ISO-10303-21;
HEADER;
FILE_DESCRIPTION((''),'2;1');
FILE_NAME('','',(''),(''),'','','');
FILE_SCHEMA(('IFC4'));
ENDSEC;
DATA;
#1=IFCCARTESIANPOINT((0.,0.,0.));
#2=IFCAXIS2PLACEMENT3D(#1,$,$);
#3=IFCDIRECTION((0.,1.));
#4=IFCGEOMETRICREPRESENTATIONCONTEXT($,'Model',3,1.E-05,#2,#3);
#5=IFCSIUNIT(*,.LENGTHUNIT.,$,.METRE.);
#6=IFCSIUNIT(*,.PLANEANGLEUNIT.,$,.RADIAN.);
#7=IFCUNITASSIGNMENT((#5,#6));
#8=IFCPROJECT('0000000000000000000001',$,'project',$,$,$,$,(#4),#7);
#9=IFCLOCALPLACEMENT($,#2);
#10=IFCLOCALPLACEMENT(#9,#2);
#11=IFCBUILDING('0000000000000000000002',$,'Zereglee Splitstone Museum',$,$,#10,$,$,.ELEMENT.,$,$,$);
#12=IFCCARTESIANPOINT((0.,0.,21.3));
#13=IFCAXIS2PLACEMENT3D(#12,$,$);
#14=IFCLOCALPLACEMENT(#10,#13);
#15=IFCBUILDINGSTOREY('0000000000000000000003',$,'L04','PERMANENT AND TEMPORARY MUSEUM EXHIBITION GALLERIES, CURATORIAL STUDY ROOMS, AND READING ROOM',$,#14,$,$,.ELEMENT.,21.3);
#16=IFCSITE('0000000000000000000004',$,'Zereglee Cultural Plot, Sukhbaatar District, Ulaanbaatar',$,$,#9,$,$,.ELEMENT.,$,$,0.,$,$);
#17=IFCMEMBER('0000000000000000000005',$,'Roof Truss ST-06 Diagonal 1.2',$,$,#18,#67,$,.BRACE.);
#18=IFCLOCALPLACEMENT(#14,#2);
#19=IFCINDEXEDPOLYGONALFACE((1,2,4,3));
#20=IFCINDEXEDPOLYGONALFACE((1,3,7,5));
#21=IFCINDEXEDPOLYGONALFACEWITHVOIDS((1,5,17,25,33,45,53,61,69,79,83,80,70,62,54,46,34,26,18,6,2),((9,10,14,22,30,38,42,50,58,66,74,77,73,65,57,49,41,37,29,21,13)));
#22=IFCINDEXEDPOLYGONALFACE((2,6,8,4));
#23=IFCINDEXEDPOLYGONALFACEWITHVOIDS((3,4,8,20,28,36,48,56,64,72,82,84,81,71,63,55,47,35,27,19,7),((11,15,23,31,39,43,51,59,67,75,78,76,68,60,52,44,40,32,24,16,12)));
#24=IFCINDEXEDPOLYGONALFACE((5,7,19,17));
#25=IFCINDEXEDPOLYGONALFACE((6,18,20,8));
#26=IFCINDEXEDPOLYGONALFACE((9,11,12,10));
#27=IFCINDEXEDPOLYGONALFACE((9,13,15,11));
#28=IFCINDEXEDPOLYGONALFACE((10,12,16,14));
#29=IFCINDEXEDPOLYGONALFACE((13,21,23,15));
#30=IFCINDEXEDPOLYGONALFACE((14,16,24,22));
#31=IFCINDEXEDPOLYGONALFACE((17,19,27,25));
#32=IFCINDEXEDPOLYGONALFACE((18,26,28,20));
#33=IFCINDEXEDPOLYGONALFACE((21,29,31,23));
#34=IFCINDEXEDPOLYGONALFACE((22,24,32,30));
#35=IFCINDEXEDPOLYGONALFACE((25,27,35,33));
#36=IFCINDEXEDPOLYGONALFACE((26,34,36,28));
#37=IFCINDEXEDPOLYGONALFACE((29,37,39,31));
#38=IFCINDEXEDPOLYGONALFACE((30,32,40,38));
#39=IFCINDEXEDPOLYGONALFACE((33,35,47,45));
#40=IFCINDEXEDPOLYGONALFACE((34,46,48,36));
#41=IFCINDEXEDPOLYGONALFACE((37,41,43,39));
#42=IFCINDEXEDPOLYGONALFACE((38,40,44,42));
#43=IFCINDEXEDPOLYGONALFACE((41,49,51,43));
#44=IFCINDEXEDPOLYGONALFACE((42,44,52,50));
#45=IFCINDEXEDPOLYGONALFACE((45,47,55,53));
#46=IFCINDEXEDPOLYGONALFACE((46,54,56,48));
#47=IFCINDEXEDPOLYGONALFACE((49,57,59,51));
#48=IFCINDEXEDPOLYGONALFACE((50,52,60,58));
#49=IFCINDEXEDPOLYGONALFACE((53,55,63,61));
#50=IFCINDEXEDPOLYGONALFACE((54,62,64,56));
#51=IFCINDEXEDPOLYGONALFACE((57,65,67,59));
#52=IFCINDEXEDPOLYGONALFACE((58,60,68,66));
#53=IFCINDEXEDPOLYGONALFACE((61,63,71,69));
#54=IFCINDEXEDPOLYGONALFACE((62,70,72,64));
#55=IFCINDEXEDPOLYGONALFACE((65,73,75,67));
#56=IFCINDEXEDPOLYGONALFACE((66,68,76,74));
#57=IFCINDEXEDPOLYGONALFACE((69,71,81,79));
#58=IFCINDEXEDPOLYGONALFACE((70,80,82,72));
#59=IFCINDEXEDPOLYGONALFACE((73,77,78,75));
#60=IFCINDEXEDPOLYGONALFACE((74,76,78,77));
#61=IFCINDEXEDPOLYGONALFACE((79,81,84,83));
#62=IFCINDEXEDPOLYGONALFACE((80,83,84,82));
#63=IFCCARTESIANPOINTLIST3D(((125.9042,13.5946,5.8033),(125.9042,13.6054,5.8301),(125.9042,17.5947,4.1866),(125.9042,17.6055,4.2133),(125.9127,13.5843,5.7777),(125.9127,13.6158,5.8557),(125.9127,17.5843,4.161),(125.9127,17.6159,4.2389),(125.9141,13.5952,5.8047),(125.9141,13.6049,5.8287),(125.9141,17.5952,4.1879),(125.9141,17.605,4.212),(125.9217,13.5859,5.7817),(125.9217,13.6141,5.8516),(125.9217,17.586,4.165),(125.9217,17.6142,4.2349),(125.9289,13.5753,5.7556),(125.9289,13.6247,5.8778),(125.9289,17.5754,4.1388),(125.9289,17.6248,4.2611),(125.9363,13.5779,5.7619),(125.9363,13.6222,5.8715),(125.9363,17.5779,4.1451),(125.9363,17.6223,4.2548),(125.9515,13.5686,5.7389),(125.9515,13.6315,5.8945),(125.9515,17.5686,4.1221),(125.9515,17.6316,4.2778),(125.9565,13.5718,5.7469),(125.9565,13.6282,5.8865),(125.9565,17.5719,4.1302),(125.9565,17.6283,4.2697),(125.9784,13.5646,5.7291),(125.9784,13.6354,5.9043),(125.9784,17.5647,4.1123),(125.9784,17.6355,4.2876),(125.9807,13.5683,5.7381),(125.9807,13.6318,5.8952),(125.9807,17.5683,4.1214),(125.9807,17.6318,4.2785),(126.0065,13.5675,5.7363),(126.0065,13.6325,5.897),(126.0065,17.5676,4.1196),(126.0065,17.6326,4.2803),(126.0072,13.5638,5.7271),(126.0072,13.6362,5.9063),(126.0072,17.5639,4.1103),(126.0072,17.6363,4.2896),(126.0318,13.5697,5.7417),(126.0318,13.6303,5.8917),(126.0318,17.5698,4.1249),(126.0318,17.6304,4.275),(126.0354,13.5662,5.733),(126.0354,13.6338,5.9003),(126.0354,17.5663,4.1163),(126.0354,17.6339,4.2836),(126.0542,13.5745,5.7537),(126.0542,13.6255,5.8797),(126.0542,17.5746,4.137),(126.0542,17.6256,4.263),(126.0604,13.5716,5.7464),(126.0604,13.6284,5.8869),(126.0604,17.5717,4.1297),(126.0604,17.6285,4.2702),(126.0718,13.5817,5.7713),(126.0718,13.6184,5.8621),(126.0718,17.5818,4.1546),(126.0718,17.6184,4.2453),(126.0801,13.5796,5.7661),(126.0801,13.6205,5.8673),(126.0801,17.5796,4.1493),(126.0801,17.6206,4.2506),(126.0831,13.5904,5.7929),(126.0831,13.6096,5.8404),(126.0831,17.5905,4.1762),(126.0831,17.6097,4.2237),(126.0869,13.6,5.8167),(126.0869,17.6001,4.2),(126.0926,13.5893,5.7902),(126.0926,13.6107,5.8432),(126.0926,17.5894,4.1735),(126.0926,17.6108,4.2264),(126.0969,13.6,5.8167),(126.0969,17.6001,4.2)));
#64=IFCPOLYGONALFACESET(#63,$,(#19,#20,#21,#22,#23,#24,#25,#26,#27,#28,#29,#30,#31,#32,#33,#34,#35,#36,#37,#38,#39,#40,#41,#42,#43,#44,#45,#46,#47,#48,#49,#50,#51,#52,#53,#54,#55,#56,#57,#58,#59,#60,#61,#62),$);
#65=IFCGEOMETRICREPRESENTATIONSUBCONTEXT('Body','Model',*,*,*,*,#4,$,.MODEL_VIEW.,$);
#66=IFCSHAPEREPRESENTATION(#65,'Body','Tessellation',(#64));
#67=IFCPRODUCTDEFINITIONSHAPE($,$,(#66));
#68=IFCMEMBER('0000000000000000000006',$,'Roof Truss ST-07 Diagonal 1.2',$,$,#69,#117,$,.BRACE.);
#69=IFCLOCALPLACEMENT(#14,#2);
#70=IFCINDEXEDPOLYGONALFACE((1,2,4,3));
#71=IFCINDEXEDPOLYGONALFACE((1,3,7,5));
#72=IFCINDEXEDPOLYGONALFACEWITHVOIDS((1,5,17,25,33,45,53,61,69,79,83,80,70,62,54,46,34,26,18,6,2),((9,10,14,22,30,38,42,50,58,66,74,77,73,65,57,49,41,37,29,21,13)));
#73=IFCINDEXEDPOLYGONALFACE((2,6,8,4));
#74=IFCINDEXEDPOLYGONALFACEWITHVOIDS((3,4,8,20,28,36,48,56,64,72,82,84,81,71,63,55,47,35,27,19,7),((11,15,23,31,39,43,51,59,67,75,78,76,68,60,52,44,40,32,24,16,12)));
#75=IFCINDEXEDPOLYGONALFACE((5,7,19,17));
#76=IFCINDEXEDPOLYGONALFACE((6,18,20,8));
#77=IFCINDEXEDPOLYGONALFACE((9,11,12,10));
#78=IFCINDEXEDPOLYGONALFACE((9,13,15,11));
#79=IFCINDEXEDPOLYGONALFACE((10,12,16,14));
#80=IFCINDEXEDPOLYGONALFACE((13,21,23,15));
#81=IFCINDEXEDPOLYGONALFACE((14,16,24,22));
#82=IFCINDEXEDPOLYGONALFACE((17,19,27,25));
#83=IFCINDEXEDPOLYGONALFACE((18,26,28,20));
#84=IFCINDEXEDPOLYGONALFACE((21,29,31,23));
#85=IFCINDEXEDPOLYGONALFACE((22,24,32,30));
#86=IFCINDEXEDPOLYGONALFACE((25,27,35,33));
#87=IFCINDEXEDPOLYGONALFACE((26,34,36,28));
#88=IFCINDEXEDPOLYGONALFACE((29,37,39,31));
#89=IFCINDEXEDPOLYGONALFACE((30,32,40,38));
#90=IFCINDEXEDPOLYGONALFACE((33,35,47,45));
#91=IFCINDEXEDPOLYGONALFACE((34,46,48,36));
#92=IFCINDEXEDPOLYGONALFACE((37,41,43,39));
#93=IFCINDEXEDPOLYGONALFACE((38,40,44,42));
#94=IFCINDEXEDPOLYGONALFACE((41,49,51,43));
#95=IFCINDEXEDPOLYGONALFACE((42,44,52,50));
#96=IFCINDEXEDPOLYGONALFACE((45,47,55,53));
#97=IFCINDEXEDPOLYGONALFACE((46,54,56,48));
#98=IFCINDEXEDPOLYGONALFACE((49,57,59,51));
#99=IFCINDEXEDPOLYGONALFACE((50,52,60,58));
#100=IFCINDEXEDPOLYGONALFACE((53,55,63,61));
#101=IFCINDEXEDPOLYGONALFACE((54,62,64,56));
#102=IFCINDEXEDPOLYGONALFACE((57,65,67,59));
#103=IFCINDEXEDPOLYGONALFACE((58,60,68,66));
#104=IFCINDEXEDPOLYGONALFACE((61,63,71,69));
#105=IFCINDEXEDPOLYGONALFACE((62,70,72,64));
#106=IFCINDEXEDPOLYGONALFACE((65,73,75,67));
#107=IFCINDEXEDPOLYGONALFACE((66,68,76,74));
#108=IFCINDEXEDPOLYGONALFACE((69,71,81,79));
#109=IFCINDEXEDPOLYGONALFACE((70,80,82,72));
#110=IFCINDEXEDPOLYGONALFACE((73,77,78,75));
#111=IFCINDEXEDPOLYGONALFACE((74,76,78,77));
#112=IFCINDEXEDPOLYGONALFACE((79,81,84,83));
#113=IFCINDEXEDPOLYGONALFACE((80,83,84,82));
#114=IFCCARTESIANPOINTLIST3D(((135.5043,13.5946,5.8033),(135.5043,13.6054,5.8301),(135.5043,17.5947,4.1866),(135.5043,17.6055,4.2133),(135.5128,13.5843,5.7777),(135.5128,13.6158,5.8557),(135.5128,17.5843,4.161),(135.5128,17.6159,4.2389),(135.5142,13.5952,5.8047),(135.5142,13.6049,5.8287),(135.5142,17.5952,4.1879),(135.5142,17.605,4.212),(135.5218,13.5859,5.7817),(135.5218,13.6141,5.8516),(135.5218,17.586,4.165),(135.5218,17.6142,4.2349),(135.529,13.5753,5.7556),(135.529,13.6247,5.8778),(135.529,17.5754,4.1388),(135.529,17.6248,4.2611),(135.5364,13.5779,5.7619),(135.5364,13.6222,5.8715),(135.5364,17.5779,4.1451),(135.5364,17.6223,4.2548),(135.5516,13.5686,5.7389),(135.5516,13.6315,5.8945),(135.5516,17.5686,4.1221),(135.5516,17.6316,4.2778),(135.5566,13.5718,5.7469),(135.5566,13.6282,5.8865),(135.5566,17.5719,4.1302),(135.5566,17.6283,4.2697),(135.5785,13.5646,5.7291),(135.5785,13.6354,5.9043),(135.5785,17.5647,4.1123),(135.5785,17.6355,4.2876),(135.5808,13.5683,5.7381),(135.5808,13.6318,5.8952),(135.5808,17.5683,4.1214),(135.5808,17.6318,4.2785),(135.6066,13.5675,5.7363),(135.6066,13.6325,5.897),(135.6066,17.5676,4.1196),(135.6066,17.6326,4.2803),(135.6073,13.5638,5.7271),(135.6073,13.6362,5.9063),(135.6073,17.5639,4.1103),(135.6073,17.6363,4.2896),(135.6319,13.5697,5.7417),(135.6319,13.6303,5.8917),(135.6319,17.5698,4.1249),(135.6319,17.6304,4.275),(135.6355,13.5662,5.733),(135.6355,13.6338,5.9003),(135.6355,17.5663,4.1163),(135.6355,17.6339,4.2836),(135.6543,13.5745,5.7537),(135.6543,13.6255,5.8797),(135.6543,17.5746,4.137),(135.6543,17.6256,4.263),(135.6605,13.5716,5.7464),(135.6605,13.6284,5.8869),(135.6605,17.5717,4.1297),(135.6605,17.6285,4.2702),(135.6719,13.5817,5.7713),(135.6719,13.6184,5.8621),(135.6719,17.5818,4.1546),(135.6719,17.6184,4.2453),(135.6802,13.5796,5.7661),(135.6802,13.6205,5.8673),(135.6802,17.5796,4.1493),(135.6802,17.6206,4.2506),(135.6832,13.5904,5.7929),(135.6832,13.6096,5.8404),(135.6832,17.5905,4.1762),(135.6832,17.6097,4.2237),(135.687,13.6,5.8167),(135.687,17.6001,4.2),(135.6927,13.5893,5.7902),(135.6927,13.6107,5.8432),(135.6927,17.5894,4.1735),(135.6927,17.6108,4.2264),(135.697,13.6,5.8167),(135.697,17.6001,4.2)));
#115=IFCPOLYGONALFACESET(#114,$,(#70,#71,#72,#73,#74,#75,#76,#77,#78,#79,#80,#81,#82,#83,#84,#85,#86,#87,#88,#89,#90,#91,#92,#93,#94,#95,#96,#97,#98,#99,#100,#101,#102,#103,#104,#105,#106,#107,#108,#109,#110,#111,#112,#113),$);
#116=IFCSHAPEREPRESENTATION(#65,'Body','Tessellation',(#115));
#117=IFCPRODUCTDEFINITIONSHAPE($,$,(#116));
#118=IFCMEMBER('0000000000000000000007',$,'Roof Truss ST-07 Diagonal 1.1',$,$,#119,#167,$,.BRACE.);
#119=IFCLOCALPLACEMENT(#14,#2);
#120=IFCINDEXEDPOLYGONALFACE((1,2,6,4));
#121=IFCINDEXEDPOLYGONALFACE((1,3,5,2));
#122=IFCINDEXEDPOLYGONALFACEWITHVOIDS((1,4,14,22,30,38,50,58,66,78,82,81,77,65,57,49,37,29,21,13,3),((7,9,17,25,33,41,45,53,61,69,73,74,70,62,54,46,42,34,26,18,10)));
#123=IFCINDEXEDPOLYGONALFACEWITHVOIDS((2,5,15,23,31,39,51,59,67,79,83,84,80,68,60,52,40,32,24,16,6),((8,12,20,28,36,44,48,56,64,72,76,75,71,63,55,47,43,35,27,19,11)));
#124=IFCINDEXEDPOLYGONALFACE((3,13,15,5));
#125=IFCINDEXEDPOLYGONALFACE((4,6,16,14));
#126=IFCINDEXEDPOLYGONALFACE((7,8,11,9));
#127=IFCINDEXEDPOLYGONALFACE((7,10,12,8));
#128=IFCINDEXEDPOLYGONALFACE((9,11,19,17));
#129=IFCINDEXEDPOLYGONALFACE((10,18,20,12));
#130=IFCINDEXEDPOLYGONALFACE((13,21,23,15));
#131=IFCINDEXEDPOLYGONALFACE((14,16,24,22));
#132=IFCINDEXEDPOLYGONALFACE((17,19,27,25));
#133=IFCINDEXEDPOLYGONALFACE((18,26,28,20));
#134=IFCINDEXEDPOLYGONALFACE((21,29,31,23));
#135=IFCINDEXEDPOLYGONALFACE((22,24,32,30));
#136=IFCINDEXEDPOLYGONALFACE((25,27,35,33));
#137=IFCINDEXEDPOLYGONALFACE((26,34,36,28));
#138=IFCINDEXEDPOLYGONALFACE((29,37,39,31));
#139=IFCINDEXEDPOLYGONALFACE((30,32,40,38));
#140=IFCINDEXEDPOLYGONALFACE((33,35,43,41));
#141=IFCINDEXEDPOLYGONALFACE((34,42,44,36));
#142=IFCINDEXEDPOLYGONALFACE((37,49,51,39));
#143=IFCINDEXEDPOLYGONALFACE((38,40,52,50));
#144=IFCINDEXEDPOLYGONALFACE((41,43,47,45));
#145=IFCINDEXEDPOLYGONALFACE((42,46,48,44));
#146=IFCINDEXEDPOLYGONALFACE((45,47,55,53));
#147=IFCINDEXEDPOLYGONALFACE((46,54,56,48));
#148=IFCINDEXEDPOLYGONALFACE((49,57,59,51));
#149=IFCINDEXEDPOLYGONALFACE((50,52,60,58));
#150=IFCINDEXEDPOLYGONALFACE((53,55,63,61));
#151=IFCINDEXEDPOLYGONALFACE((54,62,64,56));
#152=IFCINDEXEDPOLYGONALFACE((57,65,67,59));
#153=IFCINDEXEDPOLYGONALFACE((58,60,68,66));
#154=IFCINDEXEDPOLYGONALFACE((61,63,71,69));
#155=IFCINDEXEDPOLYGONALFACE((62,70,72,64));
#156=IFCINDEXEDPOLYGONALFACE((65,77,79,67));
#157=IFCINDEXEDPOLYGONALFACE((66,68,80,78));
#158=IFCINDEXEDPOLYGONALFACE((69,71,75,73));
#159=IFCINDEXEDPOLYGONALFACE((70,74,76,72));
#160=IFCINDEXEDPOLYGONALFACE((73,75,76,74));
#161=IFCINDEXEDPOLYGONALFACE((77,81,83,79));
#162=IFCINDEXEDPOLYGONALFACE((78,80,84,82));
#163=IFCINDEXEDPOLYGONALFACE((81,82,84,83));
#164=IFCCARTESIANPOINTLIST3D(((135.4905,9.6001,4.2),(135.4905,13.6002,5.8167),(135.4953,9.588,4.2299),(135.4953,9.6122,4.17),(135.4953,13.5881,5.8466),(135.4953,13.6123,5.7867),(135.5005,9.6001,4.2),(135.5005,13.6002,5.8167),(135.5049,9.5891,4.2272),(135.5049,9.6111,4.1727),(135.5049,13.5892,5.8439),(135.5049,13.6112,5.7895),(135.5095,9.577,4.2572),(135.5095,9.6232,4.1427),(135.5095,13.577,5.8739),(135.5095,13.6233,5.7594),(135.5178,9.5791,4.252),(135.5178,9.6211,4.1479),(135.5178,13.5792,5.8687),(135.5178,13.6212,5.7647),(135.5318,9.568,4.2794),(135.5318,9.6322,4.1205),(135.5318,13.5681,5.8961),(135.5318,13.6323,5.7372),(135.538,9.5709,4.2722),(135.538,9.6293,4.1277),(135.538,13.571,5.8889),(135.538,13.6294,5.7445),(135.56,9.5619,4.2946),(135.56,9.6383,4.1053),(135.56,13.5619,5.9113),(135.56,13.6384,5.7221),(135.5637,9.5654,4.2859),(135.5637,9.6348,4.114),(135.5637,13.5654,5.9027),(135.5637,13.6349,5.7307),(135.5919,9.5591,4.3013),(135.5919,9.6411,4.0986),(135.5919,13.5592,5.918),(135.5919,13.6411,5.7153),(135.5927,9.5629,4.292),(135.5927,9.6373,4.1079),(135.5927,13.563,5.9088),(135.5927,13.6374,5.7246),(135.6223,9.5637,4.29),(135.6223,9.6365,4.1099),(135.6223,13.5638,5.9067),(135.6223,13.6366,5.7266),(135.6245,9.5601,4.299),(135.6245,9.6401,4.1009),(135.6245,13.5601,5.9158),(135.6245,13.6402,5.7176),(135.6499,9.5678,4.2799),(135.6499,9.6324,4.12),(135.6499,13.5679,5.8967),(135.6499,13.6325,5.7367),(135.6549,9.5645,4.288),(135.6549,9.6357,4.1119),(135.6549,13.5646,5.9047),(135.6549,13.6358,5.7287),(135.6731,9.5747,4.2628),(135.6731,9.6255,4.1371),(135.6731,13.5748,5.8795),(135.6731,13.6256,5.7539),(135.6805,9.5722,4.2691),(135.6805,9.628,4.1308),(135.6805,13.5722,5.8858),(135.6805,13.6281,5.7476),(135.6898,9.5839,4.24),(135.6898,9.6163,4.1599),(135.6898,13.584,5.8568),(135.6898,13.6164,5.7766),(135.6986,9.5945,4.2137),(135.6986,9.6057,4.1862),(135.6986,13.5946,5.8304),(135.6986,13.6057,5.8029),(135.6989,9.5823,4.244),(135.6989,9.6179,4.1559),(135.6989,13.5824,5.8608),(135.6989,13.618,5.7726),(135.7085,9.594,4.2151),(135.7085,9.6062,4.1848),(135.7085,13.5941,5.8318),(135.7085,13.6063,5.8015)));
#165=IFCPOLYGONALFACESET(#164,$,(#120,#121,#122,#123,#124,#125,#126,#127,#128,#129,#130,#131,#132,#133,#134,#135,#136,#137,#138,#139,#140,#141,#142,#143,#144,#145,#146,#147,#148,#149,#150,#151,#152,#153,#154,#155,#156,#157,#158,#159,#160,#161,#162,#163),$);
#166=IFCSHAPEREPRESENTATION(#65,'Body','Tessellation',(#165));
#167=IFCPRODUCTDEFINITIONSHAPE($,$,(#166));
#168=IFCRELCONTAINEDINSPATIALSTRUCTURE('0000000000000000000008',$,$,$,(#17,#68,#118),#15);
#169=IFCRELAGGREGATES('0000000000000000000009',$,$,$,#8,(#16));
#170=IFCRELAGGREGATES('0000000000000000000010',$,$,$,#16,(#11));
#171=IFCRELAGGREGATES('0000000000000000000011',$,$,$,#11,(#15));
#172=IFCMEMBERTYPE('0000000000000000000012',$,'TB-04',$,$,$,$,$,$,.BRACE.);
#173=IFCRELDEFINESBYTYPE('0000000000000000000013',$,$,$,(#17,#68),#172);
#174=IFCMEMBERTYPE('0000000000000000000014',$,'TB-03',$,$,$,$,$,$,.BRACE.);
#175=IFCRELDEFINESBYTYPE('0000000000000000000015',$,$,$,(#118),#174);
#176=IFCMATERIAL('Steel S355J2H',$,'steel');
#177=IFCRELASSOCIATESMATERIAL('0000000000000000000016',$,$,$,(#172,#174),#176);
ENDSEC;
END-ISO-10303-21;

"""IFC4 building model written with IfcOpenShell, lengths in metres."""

from ifc_helpers import new_model, si_unit, direction, frame, origin, origin_2d, place, context, subcontext, project, spatial, hollow_circle, extrude, material, material_profile, profile_set, type_object, element, save


model = new_model("IFC4")

# Units and contexts
model_context = context("Model", 3, precision=1e-05, world=origin(), true_north=direction((0.0, 1.0)))
body_context = subcontext(model_context, "Body", "Model", "MODEL_VIEW")
ifc_project = project(units=[si_unit("LENGTHUNIT", "METRE"), si_unit("PLANEANGLEUNIT", "RADIAN")], contexts=[model_context])

# Site, building, storey
site_placement = place(None, origin())
site = spatial("IfcSite", under=ifc_project, at=site_placement, Name="Zereglee Cultural Plot, Sukhbaatar District, Ulaanbaatar", CompositionType="ELEMENT", RefElevation=0.0)
building_placement = place(site_placement, origin())
building = spatial("IfcBuilding", under=site, at=building_placement, Name="Zereglee Splitstone Museum", CompositionType="ELEMENT")
storey_placement = place(building_placement, frame((0.0, 0.0, 21.3)))
storey = spatial("IfcBuildingStorey", under=building, at=storey_placement, Name="L04", Description="PERMANENT AND TEMPORARY MUSEUM EXHIBITION GALLERIES, CURATORIAL STUDY ROOMS, AND READING ROOM", CompositionType="ELEMENT", Elevation=21.3)

# Members
ifc_material_1 = material(Name="Steel S355J2H", Category="steel")
ifc_material_profile_1 = material_profile(ifc_material_1, hollow_circle(Radius=0.0969, WallThickness=0.01, at=origin_2d()), Name="CHS 193.7x10")
ifc_profile_set_1 = profile_set([ifc_material_profile_1], Name="Steel S355J2H")
member_type_1 = type_object("IfcMemberType", Name="TB-04", PredefinedType="BRACE", material=ifc_profile_set_1)
for number, where, z_axis, x_axis, name in (
    (1, (126.0, 17.6001, 4.2), (0.0, -0.927136, 0.374725), (1.0, 0.0, 0.0), "Roof Truss ST-06 Diagonal 1.2"),
    (2, (135.6001, 17.6001, 4.2), (0.0, -0.927136, 0.374725), (1.0, 0.0, 0.0), "Roof Truss ST-07 Diagonal 1.2"),
):
    element("IfcMember", number, at=place(storey_placement, frame(where, z_axis=z_axis, x_axis=x_axis)), inside=storey, type_object=member_type_1, Name=name, PredefinedType="BRACE", context=body_context, shape_type="SweptSolid", body=[
        extrude(hollow_circle(Radius=0.0969, WallThickness=0.01, at=origin_2d()), origin(), (0.0, 0.0, 1.0), 4.3145),
    ])
ifc_material_profile_2 = material_profile(ifc_material_1, hollow_circle(Radius=0.1096, WallThickness=0.01, at=origin_2d()), Name="CHS 219.1x10")
ifc_profile_set_2 = profile_set([ifc_material_profile_2], Name="Steel S355J2H")
member_type_2 = type_object("IfcMemberType", Name="TB-03", PredefinedType="BRACE", material=ifc_profile_set_2)
member_1_placement = place(storey_placement, frame((135.6001, 9.6001, 4.2), z_axis=(0.0, 0.927136, 0.374725), x_axis=(-1.0, 0.0, 0.0)))
element("IfcMember", 3, at=member_1_placement, inside=storey, type_object=member_type_2, Name="Roof Truss ST-07 Diagonal 1.1", PredefinedType="BRACE", context=body_context, shape_type="SweptSolid", body=[
    extrude(hollow_circle(Radius=0.1096, WallThickness=0.01, at=origin_2d()), origin(), (0.0, 0.0, 1.0), 4.3145),
])

save(model, "model.ifc")
